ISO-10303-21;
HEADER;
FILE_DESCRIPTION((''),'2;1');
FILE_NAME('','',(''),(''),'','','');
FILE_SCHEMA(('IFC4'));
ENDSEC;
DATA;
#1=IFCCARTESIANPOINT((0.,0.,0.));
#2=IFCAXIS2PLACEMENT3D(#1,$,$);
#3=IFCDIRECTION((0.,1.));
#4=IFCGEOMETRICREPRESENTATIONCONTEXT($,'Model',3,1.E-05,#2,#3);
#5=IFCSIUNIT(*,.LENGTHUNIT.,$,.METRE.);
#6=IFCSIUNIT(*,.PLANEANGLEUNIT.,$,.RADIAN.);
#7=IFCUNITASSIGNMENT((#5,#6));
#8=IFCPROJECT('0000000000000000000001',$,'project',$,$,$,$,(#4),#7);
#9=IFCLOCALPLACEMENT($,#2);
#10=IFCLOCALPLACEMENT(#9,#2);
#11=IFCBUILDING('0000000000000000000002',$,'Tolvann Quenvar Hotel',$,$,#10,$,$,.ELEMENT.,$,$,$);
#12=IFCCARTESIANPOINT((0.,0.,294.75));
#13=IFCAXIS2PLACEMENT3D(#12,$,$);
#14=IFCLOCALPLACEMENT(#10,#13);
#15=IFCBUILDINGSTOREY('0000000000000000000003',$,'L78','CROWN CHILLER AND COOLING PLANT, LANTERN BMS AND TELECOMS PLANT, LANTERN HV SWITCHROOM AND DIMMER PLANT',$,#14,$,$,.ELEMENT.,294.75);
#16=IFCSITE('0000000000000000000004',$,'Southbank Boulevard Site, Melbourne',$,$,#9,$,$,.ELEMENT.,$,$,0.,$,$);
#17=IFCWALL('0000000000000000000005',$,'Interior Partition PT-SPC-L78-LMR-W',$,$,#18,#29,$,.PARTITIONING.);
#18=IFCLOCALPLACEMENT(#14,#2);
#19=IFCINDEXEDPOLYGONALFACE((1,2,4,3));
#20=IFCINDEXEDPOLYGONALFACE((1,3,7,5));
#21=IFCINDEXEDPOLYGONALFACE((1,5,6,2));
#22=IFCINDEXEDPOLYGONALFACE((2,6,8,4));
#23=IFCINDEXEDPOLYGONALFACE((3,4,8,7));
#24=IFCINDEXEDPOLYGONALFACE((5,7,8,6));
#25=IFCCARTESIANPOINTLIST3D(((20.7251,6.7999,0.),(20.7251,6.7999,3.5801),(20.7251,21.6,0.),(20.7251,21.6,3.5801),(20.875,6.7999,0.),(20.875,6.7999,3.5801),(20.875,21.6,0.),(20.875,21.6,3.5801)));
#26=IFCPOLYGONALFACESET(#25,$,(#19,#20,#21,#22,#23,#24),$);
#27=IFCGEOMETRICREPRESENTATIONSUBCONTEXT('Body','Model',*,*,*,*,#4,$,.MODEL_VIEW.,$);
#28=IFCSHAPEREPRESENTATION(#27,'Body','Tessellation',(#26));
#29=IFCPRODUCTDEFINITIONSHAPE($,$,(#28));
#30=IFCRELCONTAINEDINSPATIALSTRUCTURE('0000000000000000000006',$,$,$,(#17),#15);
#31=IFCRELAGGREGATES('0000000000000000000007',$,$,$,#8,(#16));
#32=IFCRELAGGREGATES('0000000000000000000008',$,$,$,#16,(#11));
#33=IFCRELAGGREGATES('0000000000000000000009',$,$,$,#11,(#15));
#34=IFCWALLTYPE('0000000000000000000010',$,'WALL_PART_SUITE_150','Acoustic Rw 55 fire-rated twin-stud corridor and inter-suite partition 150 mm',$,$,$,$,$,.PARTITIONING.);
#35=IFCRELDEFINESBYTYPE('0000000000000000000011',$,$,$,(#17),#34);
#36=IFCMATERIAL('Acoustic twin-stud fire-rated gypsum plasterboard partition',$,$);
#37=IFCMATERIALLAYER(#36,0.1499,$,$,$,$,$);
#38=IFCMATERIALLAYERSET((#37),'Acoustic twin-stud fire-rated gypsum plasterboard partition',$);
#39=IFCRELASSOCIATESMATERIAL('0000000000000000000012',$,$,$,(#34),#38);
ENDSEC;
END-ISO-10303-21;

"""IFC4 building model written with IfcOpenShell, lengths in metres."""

from ifc_helpers import new_model, si_unit, direction, frame, frame_2d, origin, place, context, subcontext, project, spatial, rectangle, extrude, material, layer, layer_set, type_object, element, save


model = new_model("IFC4")

# Units and contexts
model_context = context("Model", 3, precision=1e-05, world=origin(), true_north=direction((0.0, 1.0)))
body_context = subcontext(model_context, "Body", "Model", "MODEL_VIEW")
ifc_project = project(units=[si_unit("LENGTHUNIT", "METRE"), si_unit("PLANEANGLEUNIT", "RADIAN")], contexts=[model_context])

# Site, building, storey
site_placement = place(None, origin())
site = spatial("IfcSite", under=ifc_project, at=site_placement, Name="Southbank Boulevard Site, Melbourne", CompositionType="ELEMENT", RefElevation=0.0)
building_placement = place(site_placement, origin())
building = spatial("IfcBuilding", under=site, at=building_placement, Name="Tolvann Quenvar Hotel", CompositionType="ELEMENT")
storey_placement = place(building_placement, frame((0.0, 0.0, 294.75)))
storey = spatial("IfcBuildingStorey", under=building, at=storey_placement, Name="L78", Description="CROWN CHILLER AND COOLING PLANT, LANTERN BMS AND TELECOMS PLANT, LANTERN HV SWITCHROOM AND DIMMER PLANT", CompositionType="ELEMENT", Elevation=294.75)

# Shared definitions
ifc_material_1 = material(Name="Acoustic twin-stud fire-rated gypsum plasterboard partition")
ifc_layer_1 = layer(ifc_material_1, 0.1499)
ifc_layer_set_1 = layer_set([ifc_layer_1], Name="Acoustic twin-stud fire-rated gypsum plasterboard partition")
wall_type = type_object("IfcWallType", Name="WALL_PART_SUITE_150", Description="Acoustic Rw 55 fire-rated twin-stud corridor and inter-suite partition 150 mm", PredefinedType="PARTITIONING", material=ifc_layer_set_1)

# Wall
wall_1_placement = place(storey_placement, frame((20.8, 6.8, 0.0), z_axis=(0.0, 0.0, 1.0), x_axis=(0.0, 1.0, 0.0)))
element("IfcWall", 1, at=wall_1_placement, inside=storey, type_object=wall_type, Name="Interior Partition PT-SPC-L78-LMR-W", PredefinedType="PARTITIONING", context=body_context, shape_type="SweptSolid", body=[
    extrude(rectangle(XDim=14.8, YDim=0.1499, at=frame_2d((7.3999, 0.0))), origin(), (0.0, 0.0, 1.0), 3.5801),
])

save(model, "model.ifc")
